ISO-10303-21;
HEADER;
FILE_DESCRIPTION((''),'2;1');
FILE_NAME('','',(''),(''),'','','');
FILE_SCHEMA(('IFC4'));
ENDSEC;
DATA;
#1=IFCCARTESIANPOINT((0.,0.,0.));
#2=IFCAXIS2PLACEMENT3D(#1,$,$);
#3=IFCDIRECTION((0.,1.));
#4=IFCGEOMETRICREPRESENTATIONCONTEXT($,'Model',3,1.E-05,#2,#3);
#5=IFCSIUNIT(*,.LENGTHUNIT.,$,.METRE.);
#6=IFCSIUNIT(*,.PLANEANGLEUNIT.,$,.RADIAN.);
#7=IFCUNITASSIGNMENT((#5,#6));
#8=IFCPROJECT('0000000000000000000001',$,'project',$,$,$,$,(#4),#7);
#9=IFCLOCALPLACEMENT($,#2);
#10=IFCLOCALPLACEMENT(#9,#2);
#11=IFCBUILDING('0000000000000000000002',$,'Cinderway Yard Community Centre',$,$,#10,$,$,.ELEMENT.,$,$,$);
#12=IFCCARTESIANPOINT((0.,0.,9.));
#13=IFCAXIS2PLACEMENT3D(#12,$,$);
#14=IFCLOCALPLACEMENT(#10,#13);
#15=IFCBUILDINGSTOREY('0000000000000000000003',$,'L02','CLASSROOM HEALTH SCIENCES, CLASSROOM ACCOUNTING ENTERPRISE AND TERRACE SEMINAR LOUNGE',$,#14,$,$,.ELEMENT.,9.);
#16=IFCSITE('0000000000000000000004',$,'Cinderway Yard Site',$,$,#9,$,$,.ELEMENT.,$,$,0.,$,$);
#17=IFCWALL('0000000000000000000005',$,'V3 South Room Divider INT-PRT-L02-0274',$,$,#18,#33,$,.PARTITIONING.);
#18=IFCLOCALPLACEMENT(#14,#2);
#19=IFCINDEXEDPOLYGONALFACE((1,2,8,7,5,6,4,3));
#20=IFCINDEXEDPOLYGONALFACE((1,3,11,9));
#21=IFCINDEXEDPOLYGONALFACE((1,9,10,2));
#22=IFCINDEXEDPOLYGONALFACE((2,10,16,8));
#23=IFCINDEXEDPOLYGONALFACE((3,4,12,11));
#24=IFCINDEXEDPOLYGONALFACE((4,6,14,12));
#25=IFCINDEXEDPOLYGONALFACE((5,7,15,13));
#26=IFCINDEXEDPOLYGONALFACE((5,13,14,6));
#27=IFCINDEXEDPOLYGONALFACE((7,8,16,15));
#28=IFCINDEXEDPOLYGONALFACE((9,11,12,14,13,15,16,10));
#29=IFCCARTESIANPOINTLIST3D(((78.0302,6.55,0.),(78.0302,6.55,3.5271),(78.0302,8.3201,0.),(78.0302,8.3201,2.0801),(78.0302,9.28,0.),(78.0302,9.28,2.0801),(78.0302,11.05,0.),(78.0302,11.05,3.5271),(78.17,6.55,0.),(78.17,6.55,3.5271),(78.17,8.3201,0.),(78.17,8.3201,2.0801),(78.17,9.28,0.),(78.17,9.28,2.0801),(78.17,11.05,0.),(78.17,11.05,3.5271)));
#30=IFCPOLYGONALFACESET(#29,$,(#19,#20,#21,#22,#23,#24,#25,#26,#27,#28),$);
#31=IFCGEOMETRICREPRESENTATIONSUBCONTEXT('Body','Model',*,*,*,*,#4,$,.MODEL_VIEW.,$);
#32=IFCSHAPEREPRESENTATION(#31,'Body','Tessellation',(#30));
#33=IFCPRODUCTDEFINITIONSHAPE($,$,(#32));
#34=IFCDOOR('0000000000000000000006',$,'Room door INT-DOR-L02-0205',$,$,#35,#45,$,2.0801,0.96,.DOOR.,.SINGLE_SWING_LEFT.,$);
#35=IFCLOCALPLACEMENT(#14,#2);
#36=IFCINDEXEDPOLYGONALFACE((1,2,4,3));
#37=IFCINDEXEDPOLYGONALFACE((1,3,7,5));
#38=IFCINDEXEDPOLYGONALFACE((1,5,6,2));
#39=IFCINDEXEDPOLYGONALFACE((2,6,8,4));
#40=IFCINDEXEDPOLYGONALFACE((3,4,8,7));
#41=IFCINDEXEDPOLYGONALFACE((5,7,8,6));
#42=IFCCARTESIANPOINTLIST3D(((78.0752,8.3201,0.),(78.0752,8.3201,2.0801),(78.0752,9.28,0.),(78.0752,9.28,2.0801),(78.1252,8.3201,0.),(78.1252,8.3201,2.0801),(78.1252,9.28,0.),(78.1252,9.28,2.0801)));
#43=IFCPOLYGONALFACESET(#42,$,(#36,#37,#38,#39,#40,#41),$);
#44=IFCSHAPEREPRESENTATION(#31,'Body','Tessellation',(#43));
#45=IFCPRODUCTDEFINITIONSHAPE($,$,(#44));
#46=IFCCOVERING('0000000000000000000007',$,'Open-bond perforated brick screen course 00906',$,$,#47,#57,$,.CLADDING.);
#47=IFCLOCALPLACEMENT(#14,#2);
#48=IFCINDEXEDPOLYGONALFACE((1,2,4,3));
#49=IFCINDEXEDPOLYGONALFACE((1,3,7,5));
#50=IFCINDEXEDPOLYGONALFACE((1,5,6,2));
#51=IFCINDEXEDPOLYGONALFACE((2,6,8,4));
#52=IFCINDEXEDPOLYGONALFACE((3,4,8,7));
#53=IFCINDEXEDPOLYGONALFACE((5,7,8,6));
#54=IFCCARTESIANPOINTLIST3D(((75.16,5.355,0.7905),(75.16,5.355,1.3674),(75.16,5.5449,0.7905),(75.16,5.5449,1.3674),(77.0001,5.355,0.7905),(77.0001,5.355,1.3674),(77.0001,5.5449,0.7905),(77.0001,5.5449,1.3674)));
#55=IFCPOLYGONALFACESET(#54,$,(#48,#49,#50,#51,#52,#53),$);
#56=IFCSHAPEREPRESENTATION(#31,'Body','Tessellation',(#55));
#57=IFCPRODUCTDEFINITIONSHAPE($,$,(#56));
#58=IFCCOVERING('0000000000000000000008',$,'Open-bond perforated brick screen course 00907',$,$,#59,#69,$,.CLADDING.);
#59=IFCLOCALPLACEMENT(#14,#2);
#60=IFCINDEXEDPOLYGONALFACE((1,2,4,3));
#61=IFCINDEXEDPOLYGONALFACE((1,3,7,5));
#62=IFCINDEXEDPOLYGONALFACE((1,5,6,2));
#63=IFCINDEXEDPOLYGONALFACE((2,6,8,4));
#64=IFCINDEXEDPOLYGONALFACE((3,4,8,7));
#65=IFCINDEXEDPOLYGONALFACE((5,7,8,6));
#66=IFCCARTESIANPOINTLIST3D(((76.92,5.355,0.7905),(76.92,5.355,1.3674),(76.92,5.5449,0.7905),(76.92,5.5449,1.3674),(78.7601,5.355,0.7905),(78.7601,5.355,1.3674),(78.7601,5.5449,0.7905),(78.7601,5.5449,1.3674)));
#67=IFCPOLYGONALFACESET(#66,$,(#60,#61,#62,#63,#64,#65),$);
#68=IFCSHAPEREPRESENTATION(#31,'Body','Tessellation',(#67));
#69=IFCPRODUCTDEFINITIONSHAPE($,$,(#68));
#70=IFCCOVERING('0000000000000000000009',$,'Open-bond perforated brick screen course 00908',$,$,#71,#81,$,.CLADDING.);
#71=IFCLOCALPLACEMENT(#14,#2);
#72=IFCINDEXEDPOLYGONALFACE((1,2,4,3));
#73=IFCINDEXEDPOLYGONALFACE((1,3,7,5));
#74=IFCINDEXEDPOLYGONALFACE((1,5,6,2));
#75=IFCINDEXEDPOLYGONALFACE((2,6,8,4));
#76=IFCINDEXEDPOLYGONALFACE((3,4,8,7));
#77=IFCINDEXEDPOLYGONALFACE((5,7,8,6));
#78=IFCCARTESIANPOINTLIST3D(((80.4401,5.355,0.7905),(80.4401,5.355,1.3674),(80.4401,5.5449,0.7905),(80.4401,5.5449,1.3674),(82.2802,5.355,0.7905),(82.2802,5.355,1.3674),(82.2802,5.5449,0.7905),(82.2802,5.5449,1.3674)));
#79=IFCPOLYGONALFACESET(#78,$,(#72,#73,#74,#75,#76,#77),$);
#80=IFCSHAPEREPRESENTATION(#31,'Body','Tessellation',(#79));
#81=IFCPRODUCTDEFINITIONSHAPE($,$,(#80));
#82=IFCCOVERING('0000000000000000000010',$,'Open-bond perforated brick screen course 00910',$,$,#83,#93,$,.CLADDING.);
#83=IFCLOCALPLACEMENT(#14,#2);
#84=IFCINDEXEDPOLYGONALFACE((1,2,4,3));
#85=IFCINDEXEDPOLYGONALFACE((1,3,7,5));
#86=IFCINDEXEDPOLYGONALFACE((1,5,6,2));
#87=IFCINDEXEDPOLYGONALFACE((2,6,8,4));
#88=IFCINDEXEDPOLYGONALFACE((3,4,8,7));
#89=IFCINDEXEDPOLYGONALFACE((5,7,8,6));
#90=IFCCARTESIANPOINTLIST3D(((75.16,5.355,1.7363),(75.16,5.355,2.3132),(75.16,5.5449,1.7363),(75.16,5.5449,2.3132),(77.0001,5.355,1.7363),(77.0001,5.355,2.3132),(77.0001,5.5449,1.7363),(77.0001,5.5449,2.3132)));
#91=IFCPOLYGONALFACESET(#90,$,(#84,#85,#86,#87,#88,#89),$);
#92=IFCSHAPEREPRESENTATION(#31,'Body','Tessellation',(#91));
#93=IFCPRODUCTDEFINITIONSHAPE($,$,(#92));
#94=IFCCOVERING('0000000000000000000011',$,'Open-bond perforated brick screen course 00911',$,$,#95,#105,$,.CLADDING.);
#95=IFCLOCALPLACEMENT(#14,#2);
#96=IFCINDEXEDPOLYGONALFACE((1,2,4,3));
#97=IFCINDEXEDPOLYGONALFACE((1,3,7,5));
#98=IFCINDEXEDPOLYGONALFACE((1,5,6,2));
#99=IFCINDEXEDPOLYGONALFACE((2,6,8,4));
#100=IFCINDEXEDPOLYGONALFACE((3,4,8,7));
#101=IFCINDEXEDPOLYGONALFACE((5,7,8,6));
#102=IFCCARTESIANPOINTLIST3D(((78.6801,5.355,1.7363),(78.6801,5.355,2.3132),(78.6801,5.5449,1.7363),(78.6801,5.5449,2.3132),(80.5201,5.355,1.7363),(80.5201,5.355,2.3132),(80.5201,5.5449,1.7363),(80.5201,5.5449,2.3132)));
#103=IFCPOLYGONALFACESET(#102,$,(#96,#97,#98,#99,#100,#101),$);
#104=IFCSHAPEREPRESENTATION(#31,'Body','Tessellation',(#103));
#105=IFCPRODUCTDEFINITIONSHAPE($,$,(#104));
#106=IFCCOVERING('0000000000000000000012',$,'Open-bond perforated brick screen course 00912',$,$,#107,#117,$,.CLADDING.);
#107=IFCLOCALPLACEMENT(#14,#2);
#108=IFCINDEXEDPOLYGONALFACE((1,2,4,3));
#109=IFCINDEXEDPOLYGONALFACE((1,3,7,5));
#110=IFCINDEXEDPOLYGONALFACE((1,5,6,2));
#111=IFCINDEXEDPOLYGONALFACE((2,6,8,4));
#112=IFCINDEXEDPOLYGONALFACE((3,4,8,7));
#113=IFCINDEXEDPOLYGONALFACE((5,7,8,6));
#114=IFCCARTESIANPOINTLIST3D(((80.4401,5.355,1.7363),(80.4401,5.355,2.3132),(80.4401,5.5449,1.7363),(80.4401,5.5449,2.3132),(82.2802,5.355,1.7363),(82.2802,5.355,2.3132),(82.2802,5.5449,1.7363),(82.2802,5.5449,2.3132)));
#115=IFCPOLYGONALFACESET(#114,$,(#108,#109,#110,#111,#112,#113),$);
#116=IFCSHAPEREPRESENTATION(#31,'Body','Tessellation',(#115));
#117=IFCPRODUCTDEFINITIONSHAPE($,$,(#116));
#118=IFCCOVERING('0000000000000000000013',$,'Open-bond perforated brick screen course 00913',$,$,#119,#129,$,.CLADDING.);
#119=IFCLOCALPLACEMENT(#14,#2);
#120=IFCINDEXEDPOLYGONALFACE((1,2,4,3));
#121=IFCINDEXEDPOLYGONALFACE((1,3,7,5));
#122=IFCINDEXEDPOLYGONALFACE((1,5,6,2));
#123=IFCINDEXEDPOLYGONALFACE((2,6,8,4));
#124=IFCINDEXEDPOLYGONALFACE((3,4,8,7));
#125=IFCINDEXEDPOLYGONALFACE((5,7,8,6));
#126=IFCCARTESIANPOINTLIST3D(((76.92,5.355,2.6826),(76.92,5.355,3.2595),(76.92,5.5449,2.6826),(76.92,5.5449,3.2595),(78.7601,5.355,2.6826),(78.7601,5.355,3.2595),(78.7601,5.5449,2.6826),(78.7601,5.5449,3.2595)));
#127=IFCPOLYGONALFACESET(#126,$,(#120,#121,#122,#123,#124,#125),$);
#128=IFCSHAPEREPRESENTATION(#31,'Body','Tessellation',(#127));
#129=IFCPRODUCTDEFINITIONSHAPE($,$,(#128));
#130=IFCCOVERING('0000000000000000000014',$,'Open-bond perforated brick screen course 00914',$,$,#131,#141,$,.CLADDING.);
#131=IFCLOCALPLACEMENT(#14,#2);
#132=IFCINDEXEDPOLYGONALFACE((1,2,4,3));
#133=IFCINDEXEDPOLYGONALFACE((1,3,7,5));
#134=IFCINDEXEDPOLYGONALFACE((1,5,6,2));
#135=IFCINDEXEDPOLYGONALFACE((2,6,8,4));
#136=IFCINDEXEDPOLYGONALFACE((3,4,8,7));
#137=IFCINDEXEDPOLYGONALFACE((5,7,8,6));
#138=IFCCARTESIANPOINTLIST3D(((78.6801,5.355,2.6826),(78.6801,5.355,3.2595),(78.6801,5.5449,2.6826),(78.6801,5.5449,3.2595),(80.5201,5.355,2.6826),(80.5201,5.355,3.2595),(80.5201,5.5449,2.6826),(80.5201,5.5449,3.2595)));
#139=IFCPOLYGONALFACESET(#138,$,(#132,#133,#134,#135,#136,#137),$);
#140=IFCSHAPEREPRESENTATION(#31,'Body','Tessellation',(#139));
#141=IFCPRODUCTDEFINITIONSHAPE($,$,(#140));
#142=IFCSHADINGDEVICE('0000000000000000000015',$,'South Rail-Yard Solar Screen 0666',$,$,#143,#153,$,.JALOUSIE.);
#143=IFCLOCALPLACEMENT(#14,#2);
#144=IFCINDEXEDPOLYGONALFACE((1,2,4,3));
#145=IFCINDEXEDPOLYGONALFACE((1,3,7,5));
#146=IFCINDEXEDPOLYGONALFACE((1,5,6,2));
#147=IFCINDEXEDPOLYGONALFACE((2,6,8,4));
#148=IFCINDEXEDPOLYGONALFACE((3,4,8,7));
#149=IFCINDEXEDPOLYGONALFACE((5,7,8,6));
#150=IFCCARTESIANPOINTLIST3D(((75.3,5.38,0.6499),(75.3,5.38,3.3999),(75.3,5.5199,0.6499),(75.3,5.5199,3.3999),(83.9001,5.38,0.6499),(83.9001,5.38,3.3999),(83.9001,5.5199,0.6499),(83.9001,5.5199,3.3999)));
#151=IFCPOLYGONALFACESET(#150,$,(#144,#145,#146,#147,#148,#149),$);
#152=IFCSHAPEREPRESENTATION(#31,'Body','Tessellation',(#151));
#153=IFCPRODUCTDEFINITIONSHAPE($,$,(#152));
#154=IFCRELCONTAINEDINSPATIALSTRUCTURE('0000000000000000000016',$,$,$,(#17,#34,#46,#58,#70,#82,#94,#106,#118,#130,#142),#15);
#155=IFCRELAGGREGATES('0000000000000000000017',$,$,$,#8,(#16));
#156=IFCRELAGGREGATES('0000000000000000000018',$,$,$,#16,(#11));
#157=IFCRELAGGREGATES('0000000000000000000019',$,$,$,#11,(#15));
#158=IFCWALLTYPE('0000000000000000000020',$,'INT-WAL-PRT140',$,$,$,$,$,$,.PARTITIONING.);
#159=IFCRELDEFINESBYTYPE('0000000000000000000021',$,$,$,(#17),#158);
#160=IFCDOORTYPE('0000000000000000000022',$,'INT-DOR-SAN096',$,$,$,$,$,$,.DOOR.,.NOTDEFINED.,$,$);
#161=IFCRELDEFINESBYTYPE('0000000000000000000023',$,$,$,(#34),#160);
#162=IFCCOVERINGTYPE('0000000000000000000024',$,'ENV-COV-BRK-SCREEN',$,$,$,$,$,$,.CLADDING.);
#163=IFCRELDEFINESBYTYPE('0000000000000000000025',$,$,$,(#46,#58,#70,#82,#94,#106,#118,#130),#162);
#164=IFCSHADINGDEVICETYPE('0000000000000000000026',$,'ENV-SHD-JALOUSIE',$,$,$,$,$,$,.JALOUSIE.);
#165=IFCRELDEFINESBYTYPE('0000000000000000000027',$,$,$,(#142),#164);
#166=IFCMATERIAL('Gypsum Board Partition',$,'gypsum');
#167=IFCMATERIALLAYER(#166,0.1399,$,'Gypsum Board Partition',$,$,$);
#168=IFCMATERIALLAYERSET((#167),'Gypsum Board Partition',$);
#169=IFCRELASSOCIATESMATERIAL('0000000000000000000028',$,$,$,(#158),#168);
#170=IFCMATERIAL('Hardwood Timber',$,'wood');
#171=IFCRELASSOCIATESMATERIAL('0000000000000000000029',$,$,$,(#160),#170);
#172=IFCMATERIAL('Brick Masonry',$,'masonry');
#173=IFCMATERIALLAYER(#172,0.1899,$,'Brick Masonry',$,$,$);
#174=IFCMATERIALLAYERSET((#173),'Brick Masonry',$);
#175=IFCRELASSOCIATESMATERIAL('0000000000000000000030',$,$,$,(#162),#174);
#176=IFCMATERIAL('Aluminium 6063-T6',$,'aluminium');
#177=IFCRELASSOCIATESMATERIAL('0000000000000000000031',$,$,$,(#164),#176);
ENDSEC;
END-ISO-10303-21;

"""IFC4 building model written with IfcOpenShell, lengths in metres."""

from ifc_helpers import new_model, si_unit, direction, frame, frame_2d, origin, origin_2d, place, context, subcontext, project, spatial, rectangle, extrude, material, layer, layer_set, type_object, element, fill, save


model = new_model("IFC4")

# Units and contexts
model_context = context("Model", 3, precision=1e-05, world=origin(), true_north=direction((0.0, 1.0)))
body_context = subcontext(model_context, "Body", "Model", "MODEL_VIEW")
ifc_project = project(units=[si_unit("LENGTHUNIT", "METRE"), si_unit("PLANEANGLEUNIT", "RADIAN")], contexts=[model_context])

# Site, building, storey
site_placement = place(None, origin())
site = spatial("IfcSite", under=ifc_project, at=site_placement, Name="Cinderway Yard Site", CompositionType="ELEMENT", RefElevation=0.0)
building_placement = place(site_placement, origin())
building = spatial("IfcBuilding", under=site, at=building_placement, Name="Cinderway Yard Community Centre", CompositionType="ELEMENT")
storey_placement = place(building_placement, frame((0.0, 0.0, 9.0)))
storey = spatial("IfcBuildingStorey", under=building, at=storey_placement, Name="L02", Description="CLASSROOM HEALTH SCIENCES, CLASSROOM ACCOUNTING ENTERPRISE AND TERRACE SEMINAR LOUNGE", CompositionType="ELEMENT", Elevation=9.0)

# Shared definitions
ifc_material_1 = material(Name="Aluminium 6063-T6", Category="aluminium")

# Shared definitions
ifc_material_2 = material(Name="Brick Masonry", Category="masonry")

# Wall, opening, door
ifc_material_3 = material(Name="Gypsum Board Partition", Category="gypsum")
ifc_layer_1 = layer(ifc_material_3, 0.1399, Name="Gypsum Board Partition")
ifc_layer_set_1 = layer_set([ifc_layer_1], Name="Gypsum Board Partition")
wall_type_1 = type_object("IfcWallType", Name="INT-WAL-PRT140", PredefinedType="PARTITIONING", material=ifc_layer_set_1)
wall_1_placement = place(storey_placement, frame((78.1001, 6.55, 0.0), z_axis=(0.0, 0.0, 1.0), x_axis=(0.0, 1.0, 0.0)))
wall_1 = element("IfcWall", 1, at=wall_1_placement, inside=storey, type_object=wall_type_1, Name="V3 South Room Divider INT-PRT-L02-0274", PredefinedType="PARTITIONING", context=body_context, shape_type="SweptSolid", body=[
    extrude(rectangle(XDim=4.5, YDim=0.1399, at=frame_2d((2.25, 0.0))), origin(), (0.0, 0.0, 1.0), 3.5271),
])
opening_1_placement = place(wall_1_placement, frame((1.77, 0.0, 0.0)))
opening_1 = element("IfcOpeningElement", 2, at=opening_1_placement, cuts=wall_1, PredefinedType="OPENING", context=body_context, shape_type="SweptSolid", body=[
    extrude(rectangle(XDim=0.96, YDim=2.0801, at=frame_2d((0.48, 1.04))), frame((0.0, 0.0798, 0.0), z_axis=(0.0, -1.0, 0.0), x_axis=(1.0, 0.0, 0.0)), (0.0, 0.0, 1.0), 0.1599),
])
ifc_material_4 = material(Name="Hardwood Timber", Category="wood")
door_type = type_object("IfcDoorType", Name="INT-DOR-SAN096", OperationType="NOTDEFINED", PredefinedType="DOOR", material=ifc_material_4)
door_placement = place(opening_1_placement, origin())
door = element("IfcDoor", 3, at=door_placement, inside=storey, type_object=door_type, Name="Room door INT-DOR-L02-0205", OperationType="SINGLE_SWING_LEFT", OverallHeight=2.0801, OverallWidth=0.96, PredefinedType="DOOR", context=body_context, shape_type="SweptSolid", body=[
    extrude(rectangle(XDim=0.96, YDim=2.0801, at=frame_2d((0.48, 1.04))), frame((0.0, 0.0249, 0.0), z_axis=(0.0, -1.0, 0.0), x_axis=(1.0, 0.0, 0.0)), (0.0, 0.0, 1.0), 0.05),
])
fill(opening_1, door)

# Coverings
ifc_layer_2 = layer(ifc_material_2, 0.1899, Name="Brick Masonry")
ifc_layer_set_2 = layer_set([ifc_layer_2], Name="Brick Masonry")
covering_type = type_object("IfcCoveringType", Name="ENV-COV-BRK-SCREEN", PredefinedType="CLADDING", material=ifc_layer_set_2)
for number, where, z_axis, x_axis, name in (
    (4, (76.0801, 5.45, 0.7905), (0.0, 0.0, 1.0), (-1.0, 0.0, 0.0), "Open-bond perforated brick screen course 00906"),
    (5, (77.8401, 5.45, 0.7905), (0.0, 0.0, 1.0), (-1.0, 0.0, 0.0), "Open-bond perforated brick screen course 00907"),
    (6, (81.3601, 5.45, 0.7905), (0.0, 0.0, 1.0), (-1.0, 0.0, 0.0), "Open-bond perforated brick screen course 00908"),
    (7, (76.0801, 5.45, 1.7363), (0.0, 0.0, 1.0), (-1.0, 0.0, 0.0), "Open-bond perforated brick screen course 00910"),
    (8, (79.6001, 5.45, 1.7363), (0.0, 0.0, 1.0), (-1.0, 0.0, 0.0), "Open-bond perforated brick screen course 00911"),
    (9, (81.3601, 5.45, 1.7363), (0.0, 0.0, 1.0), (-1.0, 0.0, 0.0), "Open-bond perforated brick screen course 00912"),
    (10, (77.8401, 5.45, 2.6826), (0.0, 0.0, 1.0), (-1.0, 0.0, 0.0), "Open-bond perforated brick screen course 00913"),
    (11, (79.6001, 5.45, 2.6826), (0.0, 0.0, 1.0), (-1.0, 0.0, 0.0), "Open-bond perforated brick screen course 00914"),
):
    element("IfcCovering", number, at=place(storey_placement, frame(where, z_axis=z_axis, x_axis=x_axis)), inside=storey, type_object=covering_type, Name=name, PredefinedType="CLADDING", context=body_context, shape_type="SweptSolid", body=[
        extrude(rectangle(XDim=1.8401, YDim=0.1899, at=origin_2d()), origin(), (0.0, 0.0, 1.0), 0.5769),
    ])

# Shading device
shading_device_type = type_object("IfcShadingDeviceType", Name="ENV-SHD-JALOUSIE", PredefinedType="JALOUSIE", material=ifc_material_1)
shading_device_placement = place(storey_placement, frame((79.6001, 5.45, 0.6499), z_axis=(0.0, 0.0, 1.0), x_axis=(-1.0, 0.0, 0.0)))
element("IfcShadingDevice", 12, at=shading_device_placement, inside=storey, type_object=shading_device_type, Name="South Rail-Yard Solar Screen 0666", PredefinedType="JALOUSIE", context=body_context, shape_type="SweptSolid", body=[
    extrude(rectangle(XDim=8.6001, YDim=0.1399, at=origin_2d()), origin(), (0.0, 0.0, 1.0), 2.75),
])

save(model, "model.ifc")
